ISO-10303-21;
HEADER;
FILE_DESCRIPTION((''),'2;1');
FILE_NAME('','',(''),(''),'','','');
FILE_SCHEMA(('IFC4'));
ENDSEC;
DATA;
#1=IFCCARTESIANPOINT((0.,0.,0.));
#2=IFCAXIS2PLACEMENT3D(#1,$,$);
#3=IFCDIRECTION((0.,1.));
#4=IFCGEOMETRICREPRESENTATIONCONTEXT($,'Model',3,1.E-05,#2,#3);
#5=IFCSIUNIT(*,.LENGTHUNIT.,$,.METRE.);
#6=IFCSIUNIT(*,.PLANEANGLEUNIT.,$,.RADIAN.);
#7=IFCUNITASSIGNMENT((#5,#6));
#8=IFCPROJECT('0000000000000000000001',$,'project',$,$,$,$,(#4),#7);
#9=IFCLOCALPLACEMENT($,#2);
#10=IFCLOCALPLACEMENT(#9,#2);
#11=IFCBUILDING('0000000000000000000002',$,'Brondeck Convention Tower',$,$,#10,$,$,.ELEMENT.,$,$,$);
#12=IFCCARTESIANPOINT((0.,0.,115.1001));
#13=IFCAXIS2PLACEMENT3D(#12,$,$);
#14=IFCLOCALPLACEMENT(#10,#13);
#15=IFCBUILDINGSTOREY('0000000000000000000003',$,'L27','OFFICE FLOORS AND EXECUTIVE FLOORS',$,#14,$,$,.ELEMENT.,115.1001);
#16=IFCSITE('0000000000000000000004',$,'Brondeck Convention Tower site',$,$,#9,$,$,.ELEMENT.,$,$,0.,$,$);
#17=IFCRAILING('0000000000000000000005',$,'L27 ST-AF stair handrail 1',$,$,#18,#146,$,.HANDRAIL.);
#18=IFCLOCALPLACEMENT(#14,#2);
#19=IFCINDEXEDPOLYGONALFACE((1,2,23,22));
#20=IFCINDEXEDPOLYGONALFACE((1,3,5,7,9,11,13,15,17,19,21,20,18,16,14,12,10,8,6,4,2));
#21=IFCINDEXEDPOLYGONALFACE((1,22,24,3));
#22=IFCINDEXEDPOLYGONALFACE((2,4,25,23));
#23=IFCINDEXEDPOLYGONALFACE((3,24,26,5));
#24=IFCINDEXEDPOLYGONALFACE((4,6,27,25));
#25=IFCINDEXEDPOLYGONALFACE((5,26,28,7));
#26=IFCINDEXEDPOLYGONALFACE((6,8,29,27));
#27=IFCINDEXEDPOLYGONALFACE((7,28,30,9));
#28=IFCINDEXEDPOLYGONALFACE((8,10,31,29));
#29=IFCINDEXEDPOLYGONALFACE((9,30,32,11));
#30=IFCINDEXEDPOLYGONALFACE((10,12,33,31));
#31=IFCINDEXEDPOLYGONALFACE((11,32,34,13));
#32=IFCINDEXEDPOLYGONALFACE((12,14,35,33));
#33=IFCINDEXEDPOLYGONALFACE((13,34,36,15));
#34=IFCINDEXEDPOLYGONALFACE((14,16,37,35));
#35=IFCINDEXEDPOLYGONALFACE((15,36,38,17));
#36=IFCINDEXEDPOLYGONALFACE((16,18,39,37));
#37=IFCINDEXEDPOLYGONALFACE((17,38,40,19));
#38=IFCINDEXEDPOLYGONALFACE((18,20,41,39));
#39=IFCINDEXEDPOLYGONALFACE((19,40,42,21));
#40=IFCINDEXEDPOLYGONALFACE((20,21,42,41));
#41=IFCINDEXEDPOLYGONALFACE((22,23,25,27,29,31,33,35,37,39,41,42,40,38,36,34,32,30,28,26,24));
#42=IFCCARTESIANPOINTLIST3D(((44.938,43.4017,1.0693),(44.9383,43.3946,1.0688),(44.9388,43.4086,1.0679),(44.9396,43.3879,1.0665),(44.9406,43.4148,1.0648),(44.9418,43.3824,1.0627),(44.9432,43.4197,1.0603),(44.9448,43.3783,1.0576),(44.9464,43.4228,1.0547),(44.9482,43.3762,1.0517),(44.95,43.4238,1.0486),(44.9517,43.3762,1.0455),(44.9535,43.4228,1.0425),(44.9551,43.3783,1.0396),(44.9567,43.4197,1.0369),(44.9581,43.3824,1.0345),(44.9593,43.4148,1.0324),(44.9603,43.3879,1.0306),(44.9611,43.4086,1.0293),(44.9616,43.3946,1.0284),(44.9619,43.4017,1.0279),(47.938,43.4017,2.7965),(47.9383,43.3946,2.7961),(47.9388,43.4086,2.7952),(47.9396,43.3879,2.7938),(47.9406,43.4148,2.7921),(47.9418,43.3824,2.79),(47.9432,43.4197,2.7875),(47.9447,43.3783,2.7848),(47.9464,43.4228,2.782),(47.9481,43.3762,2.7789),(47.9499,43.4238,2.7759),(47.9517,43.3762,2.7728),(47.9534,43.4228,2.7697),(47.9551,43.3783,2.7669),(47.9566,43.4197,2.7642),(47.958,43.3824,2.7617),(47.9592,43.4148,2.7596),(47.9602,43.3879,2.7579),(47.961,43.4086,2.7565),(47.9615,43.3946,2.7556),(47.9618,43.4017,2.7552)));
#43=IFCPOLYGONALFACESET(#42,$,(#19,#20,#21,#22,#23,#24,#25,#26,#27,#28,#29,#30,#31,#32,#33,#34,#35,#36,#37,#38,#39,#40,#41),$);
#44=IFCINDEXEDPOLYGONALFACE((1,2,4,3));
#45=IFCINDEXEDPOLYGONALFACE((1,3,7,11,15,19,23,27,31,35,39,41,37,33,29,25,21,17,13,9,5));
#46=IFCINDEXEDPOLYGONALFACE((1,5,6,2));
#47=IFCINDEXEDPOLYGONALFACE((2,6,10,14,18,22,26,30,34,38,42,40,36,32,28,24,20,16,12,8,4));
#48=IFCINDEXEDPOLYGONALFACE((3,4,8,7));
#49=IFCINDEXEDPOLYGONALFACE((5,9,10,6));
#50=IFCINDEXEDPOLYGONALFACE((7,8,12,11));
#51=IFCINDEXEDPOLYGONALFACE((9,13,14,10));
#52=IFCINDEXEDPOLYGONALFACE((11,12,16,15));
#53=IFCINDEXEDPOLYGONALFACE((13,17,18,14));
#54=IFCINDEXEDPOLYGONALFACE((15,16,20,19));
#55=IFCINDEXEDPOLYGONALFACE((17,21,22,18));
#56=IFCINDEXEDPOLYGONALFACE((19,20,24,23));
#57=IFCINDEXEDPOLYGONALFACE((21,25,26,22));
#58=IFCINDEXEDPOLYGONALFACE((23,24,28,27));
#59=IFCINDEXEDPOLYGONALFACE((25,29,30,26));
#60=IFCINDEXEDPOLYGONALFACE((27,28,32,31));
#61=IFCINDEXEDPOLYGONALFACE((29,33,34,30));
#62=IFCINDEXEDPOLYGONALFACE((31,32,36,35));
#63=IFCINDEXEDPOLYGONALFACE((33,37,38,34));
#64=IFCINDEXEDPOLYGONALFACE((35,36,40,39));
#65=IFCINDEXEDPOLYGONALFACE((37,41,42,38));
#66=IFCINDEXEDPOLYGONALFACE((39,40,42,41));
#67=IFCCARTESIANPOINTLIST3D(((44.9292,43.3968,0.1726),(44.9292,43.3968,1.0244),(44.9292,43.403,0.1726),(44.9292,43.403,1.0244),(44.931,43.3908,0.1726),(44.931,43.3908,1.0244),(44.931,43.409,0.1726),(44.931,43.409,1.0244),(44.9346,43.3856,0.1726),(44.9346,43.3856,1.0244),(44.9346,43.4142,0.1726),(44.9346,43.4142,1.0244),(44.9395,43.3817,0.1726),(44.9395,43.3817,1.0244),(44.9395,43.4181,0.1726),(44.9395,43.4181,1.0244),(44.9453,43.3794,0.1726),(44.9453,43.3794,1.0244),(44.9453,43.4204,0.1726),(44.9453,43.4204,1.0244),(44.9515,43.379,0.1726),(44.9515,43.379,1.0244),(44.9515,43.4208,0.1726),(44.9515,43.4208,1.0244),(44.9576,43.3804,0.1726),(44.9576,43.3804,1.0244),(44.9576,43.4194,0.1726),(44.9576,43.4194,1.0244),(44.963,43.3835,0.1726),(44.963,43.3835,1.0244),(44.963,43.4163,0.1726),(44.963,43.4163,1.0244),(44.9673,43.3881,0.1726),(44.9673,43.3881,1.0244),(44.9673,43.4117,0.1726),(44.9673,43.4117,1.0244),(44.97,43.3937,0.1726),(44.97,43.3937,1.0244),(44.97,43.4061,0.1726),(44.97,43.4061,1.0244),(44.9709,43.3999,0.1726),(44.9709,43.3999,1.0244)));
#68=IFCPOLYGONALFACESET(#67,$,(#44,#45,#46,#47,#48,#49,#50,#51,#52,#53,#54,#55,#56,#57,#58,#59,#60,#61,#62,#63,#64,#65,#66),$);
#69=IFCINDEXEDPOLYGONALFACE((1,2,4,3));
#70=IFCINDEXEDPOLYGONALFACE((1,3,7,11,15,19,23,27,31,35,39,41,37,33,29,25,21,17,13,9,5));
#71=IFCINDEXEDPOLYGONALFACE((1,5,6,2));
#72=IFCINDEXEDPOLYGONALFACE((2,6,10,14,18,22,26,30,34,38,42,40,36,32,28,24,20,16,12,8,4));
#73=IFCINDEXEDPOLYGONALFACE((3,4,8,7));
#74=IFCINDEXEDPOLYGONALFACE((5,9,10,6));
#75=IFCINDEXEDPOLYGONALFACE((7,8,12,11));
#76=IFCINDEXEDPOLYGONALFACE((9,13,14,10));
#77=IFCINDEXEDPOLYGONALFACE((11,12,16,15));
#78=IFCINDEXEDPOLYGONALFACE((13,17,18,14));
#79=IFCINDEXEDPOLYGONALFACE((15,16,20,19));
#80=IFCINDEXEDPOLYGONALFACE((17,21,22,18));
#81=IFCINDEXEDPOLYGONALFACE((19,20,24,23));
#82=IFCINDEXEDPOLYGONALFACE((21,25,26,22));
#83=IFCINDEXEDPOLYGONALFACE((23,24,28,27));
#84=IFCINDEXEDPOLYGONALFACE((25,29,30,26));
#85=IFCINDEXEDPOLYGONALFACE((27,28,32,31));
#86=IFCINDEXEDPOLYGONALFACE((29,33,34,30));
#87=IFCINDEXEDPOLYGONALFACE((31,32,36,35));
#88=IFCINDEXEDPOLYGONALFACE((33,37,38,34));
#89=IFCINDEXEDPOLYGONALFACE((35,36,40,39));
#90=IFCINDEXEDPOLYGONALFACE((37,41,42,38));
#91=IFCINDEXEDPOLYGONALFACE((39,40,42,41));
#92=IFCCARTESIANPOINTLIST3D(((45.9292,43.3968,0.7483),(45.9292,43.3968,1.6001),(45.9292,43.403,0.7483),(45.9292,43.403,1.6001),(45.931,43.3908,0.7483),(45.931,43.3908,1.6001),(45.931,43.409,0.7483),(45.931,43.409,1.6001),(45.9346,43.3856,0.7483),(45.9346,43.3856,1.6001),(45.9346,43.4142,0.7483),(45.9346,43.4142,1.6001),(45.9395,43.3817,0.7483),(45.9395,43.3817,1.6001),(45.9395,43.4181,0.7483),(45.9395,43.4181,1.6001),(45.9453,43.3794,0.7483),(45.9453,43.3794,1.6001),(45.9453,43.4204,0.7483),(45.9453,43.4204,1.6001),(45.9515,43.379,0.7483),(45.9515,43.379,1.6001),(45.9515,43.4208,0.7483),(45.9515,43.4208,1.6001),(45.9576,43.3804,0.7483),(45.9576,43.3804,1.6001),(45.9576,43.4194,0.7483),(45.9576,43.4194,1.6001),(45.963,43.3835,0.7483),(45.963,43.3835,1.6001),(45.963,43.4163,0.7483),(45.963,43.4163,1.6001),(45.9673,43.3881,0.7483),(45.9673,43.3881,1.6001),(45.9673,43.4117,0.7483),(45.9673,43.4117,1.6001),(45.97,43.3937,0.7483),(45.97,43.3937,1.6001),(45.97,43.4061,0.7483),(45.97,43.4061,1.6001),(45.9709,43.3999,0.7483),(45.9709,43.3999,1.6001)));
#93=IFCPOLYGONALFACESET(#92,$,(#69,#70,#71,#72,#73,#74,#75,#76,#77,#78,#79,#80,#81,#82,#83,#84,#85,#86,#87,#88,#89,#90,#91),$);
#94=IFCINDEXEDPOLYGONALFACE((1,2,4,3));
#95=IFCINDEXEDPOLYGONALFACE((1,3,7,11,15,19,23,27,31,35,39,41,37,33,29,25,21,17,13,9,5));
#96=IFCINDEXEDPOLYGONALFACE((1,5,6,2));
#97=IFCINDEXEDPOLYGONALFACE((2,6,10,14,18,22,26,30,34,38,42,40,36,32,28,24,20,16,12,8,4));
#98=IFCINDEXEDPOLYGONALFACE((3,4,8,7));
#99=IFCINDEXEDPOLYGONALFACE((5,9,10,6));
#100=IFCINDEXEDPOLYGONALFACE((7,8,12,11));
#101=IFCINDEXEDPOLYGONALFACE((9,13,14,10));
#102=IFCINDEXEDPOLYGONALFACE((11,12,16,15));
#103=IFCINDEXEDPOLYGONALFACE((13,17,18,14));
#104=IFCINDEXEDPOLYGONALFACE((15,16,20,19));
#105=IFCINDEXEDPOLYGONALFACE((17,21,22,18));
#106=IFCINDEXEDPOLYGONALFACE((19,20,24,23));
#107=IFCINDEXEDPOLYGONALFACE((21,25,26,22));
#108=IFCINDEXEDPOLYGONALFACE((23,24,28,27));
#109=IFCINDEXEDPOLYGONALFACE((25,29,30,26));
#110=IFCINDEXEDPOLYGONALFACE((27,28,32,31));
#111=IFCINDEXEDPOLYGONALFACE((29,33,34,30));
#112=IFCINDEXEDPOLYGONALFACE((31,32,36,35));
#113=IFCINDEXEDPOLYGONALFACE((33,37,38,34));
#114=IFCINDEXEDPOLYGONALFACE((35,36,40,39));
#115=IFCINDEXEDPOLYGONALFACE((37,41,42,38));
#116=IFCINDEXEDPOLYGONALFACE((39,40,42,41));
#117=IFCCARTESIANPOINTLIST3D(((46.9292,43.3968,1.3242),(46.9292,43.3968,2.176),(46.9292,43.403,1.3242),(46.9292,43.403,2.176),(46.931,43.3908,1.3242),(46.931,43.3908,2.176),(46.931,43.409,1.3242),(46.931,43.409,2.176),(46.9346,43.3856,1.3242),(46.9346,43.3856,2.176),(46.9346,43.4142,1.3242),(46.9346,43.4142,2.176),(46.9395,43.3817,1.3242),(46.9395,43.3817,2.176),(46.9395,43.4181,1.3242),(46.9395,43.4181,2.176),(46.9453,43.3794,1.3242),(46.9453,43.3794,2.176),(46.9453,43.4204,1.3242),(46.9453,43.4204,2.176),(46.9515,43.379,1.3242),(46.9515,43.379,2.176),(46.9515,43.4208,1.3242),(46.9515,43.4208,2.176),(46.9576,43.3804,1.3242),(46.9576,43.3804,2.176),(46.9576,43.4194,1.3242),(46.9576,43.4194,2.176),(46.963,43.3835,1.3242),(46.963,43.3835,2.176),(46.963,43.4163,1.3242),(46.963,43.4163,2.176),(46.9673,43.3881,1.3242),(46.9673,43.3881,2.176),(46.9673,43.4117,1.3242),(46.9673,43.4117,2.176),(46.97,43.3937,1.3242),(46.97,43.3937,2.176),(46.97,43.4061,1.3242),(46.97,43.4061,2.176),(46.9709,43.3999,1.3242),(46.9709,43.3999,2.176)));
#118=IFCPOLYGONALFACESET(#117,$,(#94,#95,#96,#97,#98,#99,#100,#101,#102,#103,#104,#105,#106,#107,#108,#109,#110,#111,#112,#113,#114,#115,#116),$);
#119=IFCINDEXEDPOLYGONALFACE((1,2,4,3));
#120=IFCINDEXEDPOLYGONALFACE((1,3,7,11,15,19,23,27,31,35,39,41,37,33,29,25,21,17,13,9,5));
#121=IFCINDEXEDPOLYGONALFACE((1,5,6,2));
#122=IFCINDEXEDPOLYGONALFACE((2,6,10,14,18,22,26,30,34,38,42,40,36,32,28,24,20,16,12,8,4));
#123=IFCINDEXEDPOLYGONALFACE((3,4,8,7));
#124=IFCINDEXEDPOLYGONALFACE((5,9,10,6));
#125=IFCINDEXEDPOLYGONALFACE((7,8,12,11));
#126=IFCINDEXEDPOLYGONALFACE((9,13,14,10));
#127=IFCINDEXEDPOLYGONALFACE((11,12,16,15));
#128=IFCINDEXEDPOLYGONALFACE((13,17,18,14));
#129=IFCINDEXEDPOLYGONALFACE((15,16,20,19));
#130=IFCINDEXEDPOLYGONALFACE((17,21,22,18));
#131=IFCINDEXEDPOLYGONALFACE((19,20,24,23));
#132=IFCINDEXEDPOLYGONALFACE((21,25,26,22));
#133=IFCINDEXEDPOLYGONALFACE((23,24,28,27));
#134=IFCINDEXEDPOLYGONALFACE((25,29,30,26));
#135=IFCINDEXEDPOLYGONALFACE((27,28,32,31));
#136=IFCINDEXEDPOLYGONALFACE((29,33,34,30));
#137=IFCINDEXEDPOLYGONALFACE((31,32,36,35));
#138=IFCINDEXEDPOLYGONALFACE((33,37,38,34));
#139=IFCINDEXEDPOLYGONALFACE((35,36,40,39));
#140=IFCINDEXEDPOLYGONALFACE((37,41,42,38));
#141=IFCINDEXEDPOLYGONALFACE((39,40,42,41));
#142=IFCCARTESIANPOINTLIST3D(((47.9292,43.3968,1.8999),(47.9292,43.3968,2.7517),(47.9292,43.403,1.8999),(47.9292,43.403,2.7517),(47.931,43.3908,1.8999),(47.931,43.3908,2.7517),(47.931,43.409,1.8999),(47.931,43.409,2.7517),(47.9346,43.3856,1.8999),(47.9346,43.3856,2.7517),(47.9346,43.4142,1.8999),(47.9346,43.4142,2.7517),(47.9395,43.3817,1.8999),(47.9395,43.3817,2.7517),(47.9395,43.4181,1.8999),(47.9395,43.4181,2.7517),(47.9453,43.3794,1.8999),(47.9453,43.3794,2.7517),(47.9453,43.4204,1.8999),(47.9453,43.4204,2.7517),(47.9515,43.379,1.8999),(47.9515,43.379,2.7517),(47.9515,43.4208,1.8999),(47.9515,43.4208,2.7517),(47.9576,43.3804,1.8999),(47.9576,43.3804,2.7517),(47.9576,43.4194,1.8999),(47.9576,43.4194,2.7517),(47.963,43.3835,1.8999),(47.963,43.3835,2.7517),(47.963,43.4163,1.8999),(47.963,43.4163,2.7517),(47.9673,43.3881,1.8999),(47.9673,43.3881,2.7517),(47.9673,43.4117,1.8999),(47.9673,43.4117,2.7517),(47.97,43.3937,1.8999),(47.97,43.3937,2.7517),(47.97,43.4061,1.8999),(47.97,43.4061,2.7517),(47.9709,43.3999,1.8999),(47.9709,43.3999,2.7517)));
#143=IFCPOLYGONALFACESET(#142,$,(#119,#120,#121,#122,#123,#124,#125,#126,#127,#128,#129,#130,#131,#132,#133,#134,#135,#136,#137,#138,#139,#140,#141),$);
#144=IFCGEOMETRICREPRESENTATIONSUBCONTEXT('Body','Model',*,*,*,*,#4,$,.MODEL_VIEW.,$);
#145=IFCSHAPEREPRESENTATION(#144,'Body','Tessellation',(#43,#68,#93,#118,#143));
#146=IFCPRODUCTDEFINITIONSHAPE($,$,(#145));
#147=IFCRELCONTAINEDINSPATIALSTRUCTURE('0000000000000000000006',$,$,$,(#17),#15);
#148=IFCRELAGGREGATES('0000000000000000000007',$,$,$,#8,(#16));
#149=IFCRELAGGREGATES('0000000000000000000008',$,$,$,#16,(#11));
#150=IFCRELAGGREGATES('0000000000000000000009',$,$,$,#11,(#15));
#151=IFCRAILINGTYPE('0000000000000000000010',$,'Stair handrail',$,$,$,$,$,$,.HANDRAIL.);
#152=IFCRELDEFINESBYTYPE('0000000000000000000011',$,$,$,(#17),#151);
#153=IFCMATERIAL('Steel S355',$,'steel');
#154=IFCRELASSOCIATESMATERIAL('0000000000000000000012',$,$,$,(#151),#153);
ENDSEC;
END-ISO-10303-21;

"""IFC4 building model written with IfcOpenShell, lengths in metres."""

from ifc_helpers import new_model, si_unit, direction, frame, origin, origin_2d, place, context, subcontext, project, spatial, circle, extrude, material, type_object, element, save


model = new_model("IFC4")

# Units and contexts
model_context = context("Model", 3, precision=1e-05, world=origin(), true_north=direction((0.0, 1.0)))
body_context = subcontext(model_context, "Body", "Model", "MODEL_VIEW")
ifc_project = project(units=[si_unit("LENGTHUNIT", "METRE"), si_unit("PLANEANGLEUNIT", "RADIAN")], contexts=[model_context])

# Site, building, storey
site_placement = place(None, origin())
site = spatial("IfcSite", under=ifc_project, at=site_placement, Name="Brondeck Convention Tower site", CompositionType="ELEMENT", RefElevation=0.0)
building_placement = place(site_placement, origin())
building = spatial("IfcBuilding", under=site, at=building_placement, Name="Brondeck Convention Tower", CompositionType="ELEMENT")
storey_placement = place(building_placement, frame((0.0, 0.0, 115.1001)))
storey = spatial("IfcBuildingStorey", under=building, at=storey_placement, Name="L27", Description="OFFICE FLOORS AND EXECUTIVE FLOORS", CompositionType="ELEMENT", Elevation=115.1001)

# Shared definitions
ifc_material_1 = material(Name="Steel S355", Category="steel")

# Railing
railing_type_1 = type_object("IfcRailingType", Name="Stair handrail", PredefinedType="HANDRAIL", material=ifc_material_1)
railing_1_placement = place(storey_placement, frame((44.95, 43.3999, 0.1726)))
element("IfcRailing", 1, at=railing_1_placement, inside=storey, type_object=railing_type_1, Name="L27 ST-AF stair handrail 1", PredefinedType="HANDRAIL", context=body_context, shape_type="SweptSolid", body=[
    extrude(circle(Radius=0.0239, at=origin_2d()), frame((0.0, 0.0, 0.876), z_axis=(0.86662, 0.0, 0.498969), x_axis=(0.0, 1.0, 0.0)), (0.0, 0.0, 1.0), 3.4617),
    extrude(circle(Radius=0.021, at=origin_2d()), origin(), (0.0, 0.0, 1.0), 0.8518),
    extrude(circle(Radius=0.021, at=origin_2d()), frame((1.0, 0.0, 0.5757)), (0.0, 0.0, 1.0), 0.8518),
    extrude(circle(Radius=0.021, at=origin_2d()), frame((2.0, 0.0, 1.1516)), (0.0, 0.0, 1.0), 0.8518),
    extrude(circle(Radius=0.021, at=origin_2d()), frame((3.0, 0.0, 1.7273)), (0.0, 0.0, 1.0), 0.8518),
])

save(model, "model.ifc")
